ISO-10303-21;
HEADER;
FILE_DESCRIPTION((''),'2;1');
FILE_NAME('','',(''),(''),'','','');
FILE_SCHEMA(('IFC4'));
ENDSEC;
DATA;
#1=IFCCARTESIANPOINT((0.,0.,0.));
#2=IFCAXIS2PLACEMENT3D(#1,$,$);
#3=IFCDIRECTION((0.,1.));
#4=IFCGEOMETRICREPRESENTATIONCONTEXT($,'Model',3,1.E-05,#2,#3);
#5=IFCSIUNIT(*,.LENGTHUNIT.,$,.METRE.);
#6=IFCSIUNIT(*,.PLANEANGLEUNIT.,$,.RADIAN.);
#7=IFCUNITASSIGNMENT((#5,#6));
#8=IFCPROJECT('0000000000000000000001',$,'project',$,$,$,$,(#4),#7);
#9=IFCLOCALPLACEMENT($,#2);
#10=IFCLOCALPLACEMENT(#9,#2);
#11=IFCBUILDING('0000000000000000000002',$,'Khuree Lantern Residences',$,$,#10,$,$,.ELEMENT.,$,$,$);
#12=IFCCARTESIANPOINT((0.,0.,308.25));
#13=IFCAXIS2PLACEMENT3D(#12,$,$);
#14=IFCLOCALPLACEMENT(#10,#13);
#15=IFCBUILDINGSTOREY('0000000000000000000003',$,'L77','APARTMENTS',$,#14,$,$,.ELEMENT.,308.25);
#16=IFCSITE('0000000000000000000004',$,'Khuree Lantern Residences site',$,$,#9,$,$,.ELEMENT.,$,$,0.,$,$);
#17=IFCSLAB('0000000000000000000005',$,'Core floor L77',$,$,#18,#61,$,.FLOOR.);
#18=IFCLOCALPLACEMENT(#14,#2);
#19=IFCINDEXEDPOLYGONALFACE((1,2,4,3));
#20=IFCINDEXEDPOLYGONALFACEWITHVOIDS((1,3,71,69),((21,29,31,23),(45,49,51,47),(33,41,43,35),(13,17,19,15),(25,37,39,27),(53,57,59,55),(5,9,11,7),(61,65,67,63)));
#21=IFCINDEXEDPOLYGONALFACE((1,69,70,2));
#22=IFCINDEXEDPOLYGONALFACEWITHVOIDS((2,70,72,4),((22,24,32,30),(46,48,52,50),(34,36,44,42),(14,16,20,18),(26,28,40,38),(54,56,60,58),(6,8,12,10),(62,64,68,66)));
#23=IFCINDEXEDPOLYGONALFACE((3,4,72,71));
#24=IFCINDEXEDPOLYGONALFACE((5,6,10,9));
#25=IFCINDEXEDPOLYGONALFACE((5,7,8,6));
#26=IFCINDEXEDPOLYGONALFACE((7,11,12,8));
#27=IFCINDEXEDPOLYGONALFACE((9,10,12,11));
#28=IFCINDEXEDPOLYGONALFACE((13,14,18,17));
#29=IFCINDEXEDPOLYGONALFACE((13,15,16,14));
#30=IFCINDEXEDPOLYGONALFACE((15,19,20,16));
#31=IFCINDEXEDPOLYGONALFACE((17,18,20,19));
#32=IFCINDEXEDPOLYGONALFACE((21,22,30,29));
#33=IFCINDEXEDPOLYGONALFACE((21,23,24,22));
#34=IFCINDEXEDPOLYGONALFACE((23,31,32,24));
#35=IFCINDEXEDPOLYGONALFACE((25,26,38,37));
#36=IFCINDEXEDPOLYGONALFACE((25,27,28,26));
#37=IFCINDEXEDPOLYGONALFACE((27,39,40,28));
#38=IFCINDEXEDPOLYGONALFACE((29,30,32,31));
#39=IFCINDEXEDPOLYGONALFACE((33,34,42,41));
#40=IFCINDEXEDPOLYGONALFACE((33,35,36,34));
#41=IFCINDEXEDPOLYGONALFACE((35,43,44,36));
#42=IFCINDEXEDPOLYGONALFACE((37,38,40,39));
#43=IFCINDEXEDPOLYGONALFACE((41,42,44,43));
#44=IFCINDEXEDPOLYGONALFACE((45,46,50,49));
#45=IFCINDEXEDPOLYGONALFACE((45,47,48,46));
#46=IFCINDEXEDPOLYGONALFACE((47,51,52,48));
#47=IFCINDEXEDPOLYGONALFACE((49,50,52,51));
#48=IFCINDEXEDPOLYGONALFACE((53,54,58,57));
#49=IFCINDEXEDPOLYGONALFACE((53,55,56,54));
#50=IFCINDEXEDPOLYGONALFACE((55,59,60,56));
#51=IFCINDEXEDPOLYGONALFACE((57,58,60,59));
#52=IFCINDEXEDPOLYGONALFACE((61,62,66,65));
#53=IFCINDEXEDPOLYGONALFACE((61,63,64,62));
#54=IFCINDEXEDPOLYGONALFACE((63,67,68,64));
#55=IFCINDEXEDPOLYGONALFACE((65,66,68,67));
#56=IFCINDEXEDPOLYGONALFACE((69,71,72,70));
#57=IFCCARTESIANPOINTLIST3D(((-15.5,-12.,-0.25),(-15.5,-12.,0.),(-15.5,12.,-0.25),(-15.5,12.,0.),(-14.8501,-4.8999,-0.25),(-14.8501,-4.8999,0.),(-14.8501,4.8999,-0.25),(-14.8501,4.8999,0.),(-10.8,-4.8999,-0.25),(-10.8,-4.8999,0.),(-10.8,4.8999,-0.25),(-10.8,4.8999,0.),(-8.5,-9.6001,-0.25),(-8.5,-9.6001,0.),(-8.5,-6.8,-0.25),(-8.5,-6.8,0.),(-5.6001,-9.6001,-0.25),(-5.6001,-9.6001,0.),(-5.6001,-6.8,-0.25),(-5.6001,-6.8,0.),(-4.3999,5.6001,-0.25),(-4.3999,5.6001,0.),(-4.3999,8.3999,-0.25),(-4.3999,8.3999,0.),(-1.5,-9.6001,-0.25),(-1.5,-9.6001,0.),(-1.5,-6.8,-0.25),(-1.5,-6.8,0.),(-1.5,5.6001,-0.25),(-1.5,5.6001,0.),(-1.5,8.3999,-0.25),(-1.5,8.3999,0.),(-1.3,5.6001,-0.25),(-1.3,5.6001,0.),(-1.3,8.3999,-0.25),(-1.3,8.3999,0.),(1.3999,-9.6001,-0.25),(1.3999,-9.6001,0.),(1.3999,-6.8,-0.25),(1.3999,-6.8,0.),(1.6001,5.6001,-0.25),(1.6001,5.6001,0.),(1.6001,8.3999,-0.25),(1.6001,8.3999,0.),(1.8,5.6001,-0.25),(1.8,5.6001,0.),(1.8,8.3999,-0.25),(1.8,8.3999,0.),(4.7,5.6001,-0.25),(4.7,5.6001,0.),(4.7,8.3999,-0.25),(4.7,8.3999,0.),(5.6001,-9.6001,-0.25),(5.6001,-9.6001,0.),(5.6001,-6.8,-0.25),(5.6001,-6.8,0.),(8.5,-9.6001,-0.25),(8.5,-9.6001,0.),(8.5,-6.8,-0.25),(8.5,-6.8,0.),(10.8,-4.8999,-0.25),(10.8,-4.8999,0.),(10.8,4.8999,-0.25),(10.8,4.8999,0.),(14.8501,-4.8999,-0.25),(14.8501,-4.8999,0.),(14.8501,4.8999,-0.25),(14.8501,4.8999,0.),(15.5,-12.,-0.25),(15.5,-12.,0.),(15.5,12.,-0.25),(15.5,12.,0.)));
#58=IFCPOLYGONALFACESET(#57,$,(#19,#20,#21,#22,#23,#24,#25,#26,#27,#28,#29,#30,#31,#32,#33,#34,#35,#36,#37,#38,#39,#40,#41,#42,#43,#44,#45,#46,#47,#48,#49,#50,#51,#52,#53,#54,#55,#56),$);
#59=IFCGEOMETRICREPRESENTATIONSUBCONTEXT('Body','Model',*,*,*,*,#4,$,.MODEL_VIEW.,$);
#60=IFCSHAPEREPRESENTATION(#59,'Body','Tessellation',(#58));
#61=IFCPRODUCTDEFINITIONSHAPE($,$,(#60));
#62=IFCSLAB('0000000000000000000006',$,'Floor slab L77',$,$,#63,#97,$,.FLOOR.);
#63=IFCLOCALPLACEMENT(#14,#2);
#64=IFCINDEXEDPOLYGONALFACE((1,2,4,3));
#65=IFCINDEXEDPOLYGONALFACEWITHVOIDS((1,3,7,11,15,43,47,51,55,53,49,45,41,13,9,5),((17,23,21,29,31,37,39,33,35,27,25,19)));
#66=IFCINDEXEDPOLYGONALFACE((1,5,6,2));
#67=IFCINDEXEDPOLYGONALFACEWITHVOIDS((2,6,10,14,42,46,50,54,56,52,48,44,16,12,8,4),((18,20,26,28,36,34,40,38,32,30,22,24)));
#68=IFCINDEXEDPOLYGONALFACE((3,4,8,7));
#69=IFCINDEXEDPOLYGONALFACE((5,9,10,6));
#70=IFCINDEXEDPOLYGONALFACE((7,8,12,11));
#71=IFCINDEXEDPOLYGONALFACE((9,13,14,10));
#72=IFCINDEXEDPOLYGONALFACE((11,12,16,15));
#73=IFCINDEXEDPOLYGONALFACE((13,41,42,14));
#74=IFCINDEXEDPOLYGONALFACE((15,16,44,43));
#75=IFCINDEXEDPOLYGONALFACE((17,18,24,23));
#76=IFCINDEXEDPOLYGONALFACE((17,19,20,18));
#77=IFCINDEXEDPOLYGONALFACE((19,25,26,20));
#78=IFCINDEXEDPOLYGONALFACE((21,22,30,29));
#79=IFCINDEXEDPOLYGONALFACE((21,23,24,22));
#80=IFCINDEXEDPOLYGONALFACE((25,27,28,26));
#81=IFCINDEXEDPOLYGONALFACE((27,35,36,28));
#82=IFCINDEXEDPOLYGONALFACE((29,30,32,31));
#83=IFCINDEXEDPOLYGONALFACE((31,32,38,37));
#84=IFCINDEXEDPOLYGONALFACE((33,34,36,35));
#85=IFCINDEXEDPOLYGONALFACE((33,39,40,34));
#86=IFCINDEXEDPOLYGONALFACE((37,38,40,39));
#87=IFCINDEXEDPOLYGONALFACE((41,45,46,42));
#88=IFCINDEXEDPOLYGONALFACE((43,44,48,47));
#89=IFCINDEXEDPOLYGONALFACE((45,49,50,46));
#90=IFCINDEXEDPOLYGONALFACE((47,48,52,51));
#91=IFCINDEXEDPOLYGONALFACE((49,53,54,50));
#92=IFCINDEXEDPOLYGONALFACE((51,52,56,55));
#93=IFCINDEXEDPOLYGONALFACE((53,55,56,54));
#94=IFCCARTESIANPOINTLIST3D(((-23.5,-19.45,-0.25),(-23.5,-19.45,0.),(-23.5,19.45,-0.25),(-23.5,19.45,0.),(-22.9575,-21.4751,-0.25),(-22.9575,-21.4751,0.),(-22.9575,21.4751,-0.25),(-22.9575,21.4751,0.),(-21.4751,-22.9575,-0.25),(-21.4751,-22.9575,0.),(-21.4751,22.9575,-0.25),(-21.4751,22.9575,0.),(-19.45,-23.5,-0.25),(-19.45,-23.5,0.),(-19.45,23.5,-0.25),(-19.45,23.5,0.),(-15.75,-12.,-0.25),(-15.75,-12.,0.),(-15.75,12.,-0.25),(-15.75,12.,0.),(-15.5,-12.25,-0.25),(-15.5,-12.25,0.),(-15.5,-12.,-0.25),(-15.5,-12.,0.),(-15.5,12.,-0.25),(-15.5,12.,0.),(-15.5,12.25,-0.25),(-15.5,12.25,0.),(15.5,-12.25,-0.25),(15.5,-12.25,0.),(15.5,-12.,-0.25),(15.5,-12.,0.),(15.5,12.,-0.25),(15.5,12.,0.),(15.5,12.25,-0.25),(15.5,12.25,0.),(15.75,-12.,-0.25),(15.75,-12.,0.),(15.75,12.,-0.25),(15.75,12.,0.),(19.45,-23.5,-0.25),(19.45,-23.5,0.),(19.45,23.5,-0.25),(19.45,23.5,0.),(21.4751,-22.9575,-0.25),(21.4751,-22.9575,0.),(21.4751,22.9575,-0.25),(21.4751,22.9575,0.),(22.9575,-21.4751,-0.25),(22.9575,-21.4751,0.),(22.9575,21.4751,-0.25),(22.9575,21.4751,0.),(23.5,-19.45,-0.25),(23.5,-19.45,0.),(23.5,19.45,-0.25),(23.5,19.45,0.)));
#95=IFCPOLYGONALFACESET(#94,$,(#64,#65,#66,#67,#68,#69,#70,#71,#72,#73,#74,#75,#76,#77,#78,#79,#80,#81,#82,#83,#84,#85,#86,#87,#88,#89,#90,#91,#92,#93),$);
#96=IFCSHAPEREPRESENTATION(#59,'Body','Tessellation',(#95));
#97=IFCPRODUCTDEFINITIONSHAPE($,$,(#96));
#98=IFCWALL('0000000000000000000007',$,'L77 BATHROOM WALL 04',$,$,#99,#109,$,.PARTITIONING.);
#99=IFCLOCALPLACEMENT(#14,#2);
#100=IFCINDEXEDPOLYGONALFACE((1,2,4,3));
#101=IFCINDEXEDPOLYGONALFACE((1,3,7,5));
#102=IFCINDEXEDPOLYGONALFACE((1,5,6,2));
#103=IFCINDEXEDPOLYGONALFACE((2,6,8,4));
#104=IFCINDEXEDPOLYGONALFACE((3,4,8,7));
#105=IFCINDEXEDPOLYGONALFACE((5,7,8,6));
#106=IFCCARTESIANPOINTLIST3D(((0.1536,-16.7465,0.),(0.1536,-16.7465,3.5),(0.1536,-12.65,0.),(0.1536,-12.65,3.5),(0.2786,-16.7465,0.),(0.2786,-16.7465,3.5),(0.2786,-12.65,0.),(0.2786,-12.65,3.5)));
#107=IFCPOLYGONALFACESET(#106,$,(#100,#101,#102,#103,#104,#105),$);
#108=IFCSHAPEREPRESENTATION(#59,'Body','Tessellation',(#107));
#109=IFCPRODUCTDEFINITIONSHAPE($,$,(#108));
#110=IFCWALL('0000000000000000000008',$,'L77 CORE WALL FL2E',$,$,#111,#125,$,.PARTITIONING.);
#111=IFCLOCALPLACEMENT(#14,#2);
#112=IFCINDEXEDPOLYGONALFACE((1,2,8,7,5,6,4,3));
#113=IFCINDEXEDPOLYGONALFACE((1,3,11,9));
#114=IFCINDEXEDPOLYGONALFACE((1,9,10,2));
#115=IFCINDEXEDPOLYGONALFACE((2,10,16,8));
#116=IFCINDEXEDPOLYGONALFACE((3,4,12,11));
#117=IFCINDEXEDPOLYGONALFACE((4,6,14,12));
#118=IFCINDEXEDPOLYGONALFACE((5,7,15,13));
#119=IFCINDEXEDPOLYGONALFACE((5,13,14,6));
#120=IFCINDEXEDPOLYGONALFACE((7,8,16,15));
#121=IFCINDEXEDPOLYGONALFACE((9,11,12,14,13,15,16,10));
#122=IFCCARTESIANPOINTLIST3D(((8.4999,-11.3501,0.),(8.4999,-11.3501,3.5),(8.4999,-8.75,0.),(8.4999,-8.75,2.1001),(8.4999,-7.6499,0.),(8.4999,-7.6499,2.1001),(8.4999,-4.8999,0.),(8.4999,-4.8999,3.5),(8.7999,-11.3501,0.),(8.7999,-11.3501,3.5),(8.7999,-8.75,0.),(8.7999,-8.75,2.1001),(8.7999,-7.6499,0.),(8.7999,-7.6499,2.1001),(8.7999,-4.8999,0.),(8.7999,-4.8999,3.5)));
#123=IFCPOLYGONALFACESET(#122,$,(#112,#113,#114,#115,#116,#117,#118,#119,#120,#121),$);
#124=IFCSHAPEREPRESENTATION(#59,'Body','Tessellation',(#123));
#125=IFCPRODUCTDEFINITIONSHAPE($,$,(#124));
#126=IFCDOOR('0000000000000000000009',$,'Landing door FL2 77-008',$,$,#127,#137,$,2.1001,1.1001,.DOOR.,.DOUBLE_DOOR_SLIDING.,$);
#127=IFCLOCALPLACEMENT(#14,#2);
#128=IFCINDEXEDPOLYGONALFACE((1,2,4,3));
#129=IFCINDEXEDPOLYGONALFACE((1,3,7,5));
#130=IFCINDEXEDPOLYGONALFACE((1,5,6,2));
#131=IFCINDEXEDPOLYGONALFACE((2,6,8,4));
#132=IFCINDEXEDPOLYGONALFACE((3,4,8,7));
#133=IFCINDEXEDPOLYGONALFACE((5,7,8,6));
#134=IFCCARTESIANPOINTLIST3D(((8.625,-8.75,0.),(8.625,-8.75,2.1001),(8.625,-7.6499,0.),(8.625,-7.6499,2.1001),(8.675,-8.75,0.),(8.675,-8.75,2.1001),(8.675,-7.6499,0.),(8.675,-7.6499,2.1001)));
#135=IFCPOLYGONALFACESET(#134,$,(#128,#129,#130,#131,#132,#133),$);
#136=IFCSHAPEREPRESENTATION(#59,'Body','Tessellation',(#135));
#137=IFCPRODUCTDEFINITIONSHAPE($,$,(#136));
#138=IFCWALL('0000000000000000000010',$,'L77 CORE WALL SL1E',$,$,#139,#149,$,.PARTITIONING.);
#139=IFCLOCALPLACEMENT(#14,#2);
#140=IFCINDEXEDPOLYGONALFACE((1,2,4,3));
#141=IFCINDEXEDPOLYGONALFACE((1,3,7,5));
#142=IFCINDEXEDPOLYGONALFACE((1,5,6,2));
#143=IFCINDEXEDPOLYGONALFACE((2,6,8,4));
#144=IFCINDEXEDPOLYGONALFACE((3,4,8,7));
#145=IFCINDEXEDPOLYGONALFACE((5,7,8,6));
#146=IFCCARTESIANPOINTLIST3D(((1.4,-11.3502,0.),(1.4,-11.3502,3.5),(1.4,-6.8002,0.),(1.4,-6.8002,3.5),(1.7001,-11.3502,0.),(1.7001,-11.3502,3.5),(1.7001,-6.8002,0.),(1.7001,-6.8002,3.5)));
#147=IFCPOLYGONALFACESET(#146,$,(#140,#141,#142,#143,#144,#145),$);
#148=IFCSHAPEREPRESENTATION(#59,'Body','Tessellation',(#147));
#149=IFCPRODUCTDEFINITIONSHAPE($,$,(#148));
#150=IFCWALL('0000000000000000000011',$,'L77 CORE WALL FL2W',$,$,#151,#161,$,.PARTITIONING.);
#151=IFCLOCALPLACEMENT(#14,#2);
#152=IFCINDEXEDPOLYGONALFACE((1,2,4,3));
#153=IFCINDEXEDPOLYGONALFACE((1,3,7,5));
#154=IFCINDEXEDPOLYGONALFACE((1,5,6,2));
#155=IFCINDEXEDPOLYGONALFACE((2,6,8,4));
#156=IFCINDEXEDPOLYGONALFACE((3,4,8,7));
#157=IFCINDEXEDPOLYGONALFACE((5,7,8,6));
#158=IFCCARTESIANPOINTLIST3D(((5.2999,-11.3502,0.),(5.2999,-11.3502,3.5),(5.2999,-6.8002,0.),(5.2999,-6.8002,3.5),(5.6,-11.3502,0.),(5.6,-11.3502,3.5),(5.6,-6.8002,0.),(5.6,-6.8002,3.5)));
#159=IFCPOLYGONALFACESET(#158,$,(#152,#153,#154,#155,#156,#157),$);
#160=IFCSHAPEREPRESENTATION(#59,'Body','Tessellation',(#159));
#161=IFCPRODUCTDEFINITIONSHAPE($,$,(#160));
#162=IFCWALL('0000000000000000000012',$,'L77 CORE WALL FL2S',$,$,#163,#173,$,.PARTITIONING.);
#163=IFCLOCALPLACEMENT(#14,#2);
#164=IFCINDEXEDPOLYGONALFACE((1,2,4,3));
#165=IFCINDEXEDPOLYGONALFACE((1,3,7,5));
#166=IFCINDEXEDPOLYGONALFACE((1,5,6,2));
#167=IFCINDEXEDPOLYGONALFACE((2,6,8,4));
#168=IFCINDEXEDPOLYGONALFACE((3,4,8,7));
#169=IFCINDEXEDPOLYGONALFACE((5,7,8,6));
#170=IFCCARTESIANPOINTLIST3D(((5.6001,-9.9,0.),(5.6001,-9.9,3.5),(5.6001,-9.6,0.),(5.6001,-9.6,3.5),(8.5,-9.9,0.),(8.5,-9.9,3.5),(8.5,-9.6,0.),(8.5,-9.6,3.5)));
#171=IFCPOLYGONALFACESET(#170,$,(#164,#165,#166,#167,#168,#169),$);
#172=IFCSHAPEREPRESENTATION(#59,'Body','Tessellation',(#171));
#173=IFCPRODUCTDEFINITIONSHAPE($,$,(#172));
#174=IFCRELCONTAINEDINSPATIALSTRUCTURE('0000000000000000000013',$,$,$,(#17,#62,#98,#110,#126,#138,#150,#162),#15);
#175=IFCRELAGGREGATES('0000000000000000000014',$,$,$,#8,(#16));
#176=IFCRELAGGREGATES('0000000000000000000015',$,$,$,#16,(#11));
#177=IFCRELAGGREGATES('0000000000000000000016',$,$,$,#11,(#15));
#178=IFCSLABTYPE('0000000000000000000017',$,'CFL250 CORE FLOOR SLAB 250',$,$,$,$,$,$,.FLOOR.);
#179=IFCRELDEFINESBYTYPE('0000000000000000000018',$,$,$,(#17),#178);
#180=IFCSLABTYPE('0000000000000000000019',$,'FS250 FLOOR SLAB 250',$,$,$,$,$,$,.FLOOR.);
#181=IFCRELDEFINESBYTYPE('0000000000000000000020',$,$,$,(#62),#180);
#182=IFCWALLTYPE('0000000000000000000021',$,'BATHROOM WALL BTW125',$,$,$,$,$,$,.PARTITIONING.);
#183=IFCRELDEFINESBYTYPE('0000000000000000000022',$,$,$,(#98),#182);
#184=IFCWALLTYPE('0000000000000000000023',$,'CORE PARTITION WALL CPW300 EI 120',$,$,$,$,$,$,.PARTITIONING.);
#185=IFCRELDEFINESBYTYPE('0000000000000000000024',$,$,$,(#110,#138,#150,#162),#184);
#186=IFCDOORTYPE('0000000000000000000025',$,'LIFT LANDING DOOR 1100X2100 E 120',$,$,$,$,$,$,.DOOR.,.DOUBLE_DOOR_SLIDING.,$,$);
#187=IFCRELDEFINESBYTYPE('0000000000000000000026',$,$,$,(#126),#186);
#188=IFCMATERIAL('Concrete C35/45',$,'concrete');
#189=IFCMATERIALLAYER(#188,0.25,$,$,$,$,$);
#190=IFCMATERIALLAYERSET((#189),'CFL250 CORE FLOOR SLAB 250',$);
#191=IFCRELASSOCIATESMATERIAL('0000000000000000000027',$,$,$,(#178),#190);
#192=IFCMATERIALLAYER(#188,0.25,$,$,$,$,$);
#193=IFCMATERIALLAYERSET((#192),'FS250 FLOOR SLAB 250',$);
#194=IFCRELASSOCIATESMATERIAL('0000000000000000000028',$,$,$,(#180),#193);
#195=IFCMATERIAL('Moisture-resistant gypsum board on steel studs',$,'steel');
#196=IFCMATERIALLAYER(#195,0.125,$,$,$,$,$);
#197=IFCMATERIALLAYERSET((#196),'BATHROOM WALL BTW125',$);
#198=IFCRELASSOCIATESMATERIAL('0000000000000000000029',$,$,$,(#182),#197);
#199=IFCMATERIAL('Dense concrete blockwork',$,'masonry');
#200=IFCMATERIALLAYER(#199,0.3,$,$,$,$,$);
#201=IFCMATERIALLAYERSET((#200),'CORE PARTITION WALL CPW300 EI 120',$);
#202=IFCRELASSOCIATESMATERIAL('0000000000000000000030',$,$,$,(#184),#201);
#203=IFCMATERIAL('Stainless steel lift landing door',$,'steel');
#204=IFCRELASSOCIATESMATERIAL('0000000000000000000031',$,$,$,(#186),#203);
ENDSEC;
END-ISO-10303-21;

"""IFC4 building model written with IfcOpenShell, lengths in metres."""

from ifc_helpers import new_model, si_unit, direction, frame, frame_2d, origin, place, context, subcontext, project, spatial, polyline, rectangle, outline, extrude, material, layer, layer_set, type_object, element, fill, save


model = new_model("IFC4")

# Units and contexts
model_context = context("Model", 3, precision=1e-05, world=origin(), true_north=direction((0.0, 1.0)))
body_context = subcontext(model_context, "Body", "Model", "MODEL_VIEW")
ifc_project = project(units=[si_unit("LENGTHUNIT", "METRE"), si_unit("PLANEANGLEUNIT", "RADIAN")], contexts=[model_context])

# Site, building, storey
site_placement = place(None, origin())
site = spatial("IfcSite", under=ifc_project, at=site_placement, Name="Khuree Lantern Residences site", CompositionType="ELEMENT", RefElevation=0.0)
building_placement = place(site_placement, origin())
building = spatial("IfcBuilding", under=site, at=building_placement, Name="Khuree Lantern Residences", CompositionType="ELEMENT")
storey_placement = place(building_placement, frame((0.0, 0.0, 308.25)))
storey = spatial("IfcBuildingStorey", under=building, at=storey_placement, Name="L77", Description="APARTMENTS", CompositionType="ELEMENT", Elevation=308.25)

# Slabs
ifc_material_1 = material(Name="Concrete C35/45", Category="concrete")
ifc_layer_1 = layer(ifc_material_1, 0.25)
ifc_layer_set_1 = layer_set([ifc_layer_1], Name="CFL250 CORE FLOOR SLAB 250")
slab_type_1 = type_object("IfcSlabType", Name="CFL250 CORE FLOOR SLAB 250", PredefinedType="FLOOR", material=ifc_layer_set_1)
slab_1_placement = place(storey_placement, frame((0.0, 0.0, -0.25)))
element("IfcSlab", 1, at=slab_1_placement, inside=storey, type_object=slab_type_1, Name="Core floor L77", PredefinedType="FLOOR", context=body_context, shape_type="SweptSolid", body=[
    extrude(outline(polyline([(-15.5, -12.0), (-15.5, 12.0), (15.5, 12.0), (15.5, -12.0), (-15.5, -12.0)]), holes=[polyline([(10.8, 4.8999), (10.8, -4.8999), (14.8501, -4.8999), (14.8501, 4.8999), (10.8, 4.8999)]), polyline([(5.6001, -6.8), (5.6001, -9.6001), (8.5, -9.6001), (8.5, -6.8), (5.6001, -6.8)]), polyline([(1.8, 8.3999), (1.8, 5.6001), (4.7, 5.6001), (4.7, 8.3999), (1.8, 8.3999)]), polyline([(-1.3, 8.3999), (-1.3, 5.6001), (1.6001, 5.6001), (1.6001, 8.3999), (-1.3, 8.3999)]), polyline([(-1.5, -6.8), (-1.5, -9.6001), (1.3999, -9.6001), (1.3999, -6.8), (-1.5, -6.8)]), polyline([(-4.3999, 8.3999), (-4.3999, 5.6001), (-1.5, 5.6001), (-1.5, 8.3999), (-4.3999, 8.3999)]), polyline([(-8.5, -6.8), (-8.5, -9.6001), (-5.6001, -9.6001), (-5.6001, -6.8), (-8.5, -6.8)]), polyline([(-14.8501, 4.8999), (-14.8501, -4.8999), (-10.8, -4.8999), (-10.8, 4.8999), (-14.8501, 4.8999)])]), origin(), (0.0, 0.0, 1.0), 0.25),
])
ifc_layer_2 = layer(ifc_material_1, 0.25)
ifc_layer_set_2 = layer_set([ifc_layer_2], Name="FS250 FLOOR SLAB 250")
slab_type_2 = type_object("IfcSlabType", Name="FS250 FLOOR SLAB 250", PredefinedType="FLOOR", material=ifc_layer_set_2)
slab_2_placement = place(storey_placement, frame((0.0, 0.0, -0.25)))
element("IfcSlab", 2, at=slab_2_placement, inside=storey, type_object=slab_type_2, Name="Floor slab L77", PredefinedType="FLOOR", context=body_context, shape_type="SweptSolid", body=[
    extrude(outline(polyline([(-21.4751, -22.9575), (-22.9575, -21.4751), (-23.5, -19.45), (-23.5, 19.45), (-22.9575, 21.4751), (-21.4751, 22.9575), (-19.45, 23.5), (19.45, 23.5), (21.4751, 22.9575), (22.9575, 21.4751), (23.5, 19.45), (23.5, -19.45), (22.9575, -21.4751), (21.4751, -22.9575), (19.45, -23.5), (-19.45, -23.5), (-21.4751, -22.9575)]), holes=[polyline([(15.75, 12.0), (15.5, 12.0), (15.5, 12.25), (-15.5, 12.25), (-15.5, 12.0), (-15.75, 12.0), (-15.75, -12.0), (-15.5, -12.0), (-15.5, -12.25), (15.5, -12.25), (15.5, -12.0), (15.75, -12.0), (15.75, 12.0)])]), origin(), (0.0, 0.0, 1.0), 0.25),
])

# Wall
ifc_material_2 = material(Name="Moisture-resistant gypsum board on steel studs", Category="steel")
ifc_layer_3 = layer(ifc_material_2, 0.125)
ifc_layer_set_3 = layer_set([ifc_layer_3], Name="BATHROOM WALL BTW125")
wall_type_1 = type_object("IfcWallType", Name="BATHROOM WALL BTW125", PredefinedType="PARTITIONING", material=ifc_layer_set_3)
wall_1_placement = place(storey_placement, frame((0.2161, -12.6499, 0.0), z_axis=(0.0, 0.0, 1.0), x_axis=(0.0, -1.0, 0.0)))
element("IfcWall", 3, at=wall_1_placement, inside=storey, type_object=wall_type_1, Name="L77 BATHROOM WALL 04", PredefinedType="PARTITIONING", context=body_context, shape_type="SweptSolid", body=[
    extrude(rectangle(XDim=4.0964, YDim=0.125, at=frame_2d((2.0483, 0.0))), origin(), (0.0, 0.0, 1.0), 3.5),
])

# Wall, opening, door
ifc_material_3 = material(Name="Dense concrete blockwork", Category="masonry")
ifc_layer_4 = layer(ifc_material_3, 0.3)
ifc_layer_set_4 = layer_set([ifc_layer_4], Name="CORE PARTITION WALL CPW300 EI 120")
wall_type_2 = type_object("IfcWallType", Name="CORE PARTITION WALL CPW300 EI 120", PredefinedType="PARTITIONING", material=ifc_layer_set_4)
wall_2_placement = place(storey_placement, frame((8.6499, -11.3501, 0.0), z_axis=(0.0, 0.0, 1.0), x_axis=(0.0, 1.0, 0.0)))
wall_2 = element("IfcWall", 4, at=wall_2_placement, inside=storey, type_object=wall_type_2, Name="L77 CORE WALL FL2E", PredefinedType="PARTITIONING", context=body_context, shape_type="SweptSolid", body=[
    extrude(rectangle(XDim=6.4502, YDim=0.3, at=frame_2d((3.2251, 0.0))), origin(), (0.0, 0.0, 1.0), 3.5),
])
opening_1_placement = place(wall_2_placement, frame((2.6001, 0.0, 0.0)))
opening_1 = element("IfcOpeningElement", 5, at=opening_1_placement, cuts=wall_2, PredefinedType="OPENING", context=body_context, shape_type="SweptSolid", body=[
    extrude(rectangle(XDim=1.1001, YDim=2.1001, at=frame_2d((0.55, 1.05))), frame((0.0, 0.1602, 0.0), z_axis=(0.0, -1.0, 0.0), x_axis=(1.0, 0.0, 0.0)), (0.0, 0.0, 1.0), 0.3201),
])
ifc_material_4 = material(Name="Stainless steel lift landing door", Category="steel")
door_type_1 = type_object("IfcDoorType", Name="LIFT LANDING DOOR 1100X2100 E 120", OperationType="DOUBLE_DOOR_SLIDING", PredefinedType="DOOR", material=ifc_material_4)
door_1_placement = place(opening_1_placement, origin())
door_1 = element("IfcDoor", 6, at=door_1_placement, inside=storey, type_object=door_type_1, Name="Landing door FL2 77-008", OperationType="DOUBLE_DOOR_SLIDING", OverallHeight=2.1001, OverallWidth=1.1001, PredefinedType="DOOR", context=body_context, shape_type="SweptSolid", body=[
    extrude(rectangle(XDim=1.1001, YDim=2.1001, at=frame_2d((0.55, 1.05))), frame((0.0, 0.0249, 0.0), z_axis=(0.0, -1.0, 0.0), x_axis=(1.0, 0.0, 0.0)), (0.0, 0.0, 1.0), 0.05),
])
fill(opening_1, door_1)

# Walls
for number, where, z_axis, x_axis, name in (
    (7, (1.55, -11.3501, 0.0), (0.0, 0.0, 1.0), (0.0, 1.0, 0.0), "L77 CORE WALL SL1E"),
    (8, (5.45, -11.3501, 0.0), (0.0, 0.0, 1.0), (0.0, 1.0, 0.0), "L77 CORE WALL FL2W"),
):
    element("IfcWall", number, at=place(storey_placement, frame(where, z_axis=z_axis, x_axis=x_axis)), inside=storey, type_object=wall_type_2, Name=name, PredefinedType="PARTITIONING", context=body_context, shape_type="SweptSolid", body=[
        extrude(rectangle(XDim=4.55, YDim=0.3, at=frame_2d((2.2749, 0.0))), origin(), (0.0, 0.0, 1.0), 3.5),
    ])
wall_3_placement = place(storey_placement, frame((5.6001, -9.75, 0.0), z_axis=(0.0, 0.0, 1.0), x_axis=(1.0, 0.0, 0.0)))
element("IfcWall", 9, at=wall_3_placement, inside=storey, type_object=wall_type_2, Name="L77 CORE WALL FL2S", PredefinedType="PARTITIONING", context=body_context, shape_type="SweptSolid", body=[
    extrude(rectangle(XDim=2.8999, YDim=0.3, at=frame_2d((1.45, 0.0))), origin(), (0.0, 0.0, 1.0), 3.5),
])

save(model, "model.ifc")
